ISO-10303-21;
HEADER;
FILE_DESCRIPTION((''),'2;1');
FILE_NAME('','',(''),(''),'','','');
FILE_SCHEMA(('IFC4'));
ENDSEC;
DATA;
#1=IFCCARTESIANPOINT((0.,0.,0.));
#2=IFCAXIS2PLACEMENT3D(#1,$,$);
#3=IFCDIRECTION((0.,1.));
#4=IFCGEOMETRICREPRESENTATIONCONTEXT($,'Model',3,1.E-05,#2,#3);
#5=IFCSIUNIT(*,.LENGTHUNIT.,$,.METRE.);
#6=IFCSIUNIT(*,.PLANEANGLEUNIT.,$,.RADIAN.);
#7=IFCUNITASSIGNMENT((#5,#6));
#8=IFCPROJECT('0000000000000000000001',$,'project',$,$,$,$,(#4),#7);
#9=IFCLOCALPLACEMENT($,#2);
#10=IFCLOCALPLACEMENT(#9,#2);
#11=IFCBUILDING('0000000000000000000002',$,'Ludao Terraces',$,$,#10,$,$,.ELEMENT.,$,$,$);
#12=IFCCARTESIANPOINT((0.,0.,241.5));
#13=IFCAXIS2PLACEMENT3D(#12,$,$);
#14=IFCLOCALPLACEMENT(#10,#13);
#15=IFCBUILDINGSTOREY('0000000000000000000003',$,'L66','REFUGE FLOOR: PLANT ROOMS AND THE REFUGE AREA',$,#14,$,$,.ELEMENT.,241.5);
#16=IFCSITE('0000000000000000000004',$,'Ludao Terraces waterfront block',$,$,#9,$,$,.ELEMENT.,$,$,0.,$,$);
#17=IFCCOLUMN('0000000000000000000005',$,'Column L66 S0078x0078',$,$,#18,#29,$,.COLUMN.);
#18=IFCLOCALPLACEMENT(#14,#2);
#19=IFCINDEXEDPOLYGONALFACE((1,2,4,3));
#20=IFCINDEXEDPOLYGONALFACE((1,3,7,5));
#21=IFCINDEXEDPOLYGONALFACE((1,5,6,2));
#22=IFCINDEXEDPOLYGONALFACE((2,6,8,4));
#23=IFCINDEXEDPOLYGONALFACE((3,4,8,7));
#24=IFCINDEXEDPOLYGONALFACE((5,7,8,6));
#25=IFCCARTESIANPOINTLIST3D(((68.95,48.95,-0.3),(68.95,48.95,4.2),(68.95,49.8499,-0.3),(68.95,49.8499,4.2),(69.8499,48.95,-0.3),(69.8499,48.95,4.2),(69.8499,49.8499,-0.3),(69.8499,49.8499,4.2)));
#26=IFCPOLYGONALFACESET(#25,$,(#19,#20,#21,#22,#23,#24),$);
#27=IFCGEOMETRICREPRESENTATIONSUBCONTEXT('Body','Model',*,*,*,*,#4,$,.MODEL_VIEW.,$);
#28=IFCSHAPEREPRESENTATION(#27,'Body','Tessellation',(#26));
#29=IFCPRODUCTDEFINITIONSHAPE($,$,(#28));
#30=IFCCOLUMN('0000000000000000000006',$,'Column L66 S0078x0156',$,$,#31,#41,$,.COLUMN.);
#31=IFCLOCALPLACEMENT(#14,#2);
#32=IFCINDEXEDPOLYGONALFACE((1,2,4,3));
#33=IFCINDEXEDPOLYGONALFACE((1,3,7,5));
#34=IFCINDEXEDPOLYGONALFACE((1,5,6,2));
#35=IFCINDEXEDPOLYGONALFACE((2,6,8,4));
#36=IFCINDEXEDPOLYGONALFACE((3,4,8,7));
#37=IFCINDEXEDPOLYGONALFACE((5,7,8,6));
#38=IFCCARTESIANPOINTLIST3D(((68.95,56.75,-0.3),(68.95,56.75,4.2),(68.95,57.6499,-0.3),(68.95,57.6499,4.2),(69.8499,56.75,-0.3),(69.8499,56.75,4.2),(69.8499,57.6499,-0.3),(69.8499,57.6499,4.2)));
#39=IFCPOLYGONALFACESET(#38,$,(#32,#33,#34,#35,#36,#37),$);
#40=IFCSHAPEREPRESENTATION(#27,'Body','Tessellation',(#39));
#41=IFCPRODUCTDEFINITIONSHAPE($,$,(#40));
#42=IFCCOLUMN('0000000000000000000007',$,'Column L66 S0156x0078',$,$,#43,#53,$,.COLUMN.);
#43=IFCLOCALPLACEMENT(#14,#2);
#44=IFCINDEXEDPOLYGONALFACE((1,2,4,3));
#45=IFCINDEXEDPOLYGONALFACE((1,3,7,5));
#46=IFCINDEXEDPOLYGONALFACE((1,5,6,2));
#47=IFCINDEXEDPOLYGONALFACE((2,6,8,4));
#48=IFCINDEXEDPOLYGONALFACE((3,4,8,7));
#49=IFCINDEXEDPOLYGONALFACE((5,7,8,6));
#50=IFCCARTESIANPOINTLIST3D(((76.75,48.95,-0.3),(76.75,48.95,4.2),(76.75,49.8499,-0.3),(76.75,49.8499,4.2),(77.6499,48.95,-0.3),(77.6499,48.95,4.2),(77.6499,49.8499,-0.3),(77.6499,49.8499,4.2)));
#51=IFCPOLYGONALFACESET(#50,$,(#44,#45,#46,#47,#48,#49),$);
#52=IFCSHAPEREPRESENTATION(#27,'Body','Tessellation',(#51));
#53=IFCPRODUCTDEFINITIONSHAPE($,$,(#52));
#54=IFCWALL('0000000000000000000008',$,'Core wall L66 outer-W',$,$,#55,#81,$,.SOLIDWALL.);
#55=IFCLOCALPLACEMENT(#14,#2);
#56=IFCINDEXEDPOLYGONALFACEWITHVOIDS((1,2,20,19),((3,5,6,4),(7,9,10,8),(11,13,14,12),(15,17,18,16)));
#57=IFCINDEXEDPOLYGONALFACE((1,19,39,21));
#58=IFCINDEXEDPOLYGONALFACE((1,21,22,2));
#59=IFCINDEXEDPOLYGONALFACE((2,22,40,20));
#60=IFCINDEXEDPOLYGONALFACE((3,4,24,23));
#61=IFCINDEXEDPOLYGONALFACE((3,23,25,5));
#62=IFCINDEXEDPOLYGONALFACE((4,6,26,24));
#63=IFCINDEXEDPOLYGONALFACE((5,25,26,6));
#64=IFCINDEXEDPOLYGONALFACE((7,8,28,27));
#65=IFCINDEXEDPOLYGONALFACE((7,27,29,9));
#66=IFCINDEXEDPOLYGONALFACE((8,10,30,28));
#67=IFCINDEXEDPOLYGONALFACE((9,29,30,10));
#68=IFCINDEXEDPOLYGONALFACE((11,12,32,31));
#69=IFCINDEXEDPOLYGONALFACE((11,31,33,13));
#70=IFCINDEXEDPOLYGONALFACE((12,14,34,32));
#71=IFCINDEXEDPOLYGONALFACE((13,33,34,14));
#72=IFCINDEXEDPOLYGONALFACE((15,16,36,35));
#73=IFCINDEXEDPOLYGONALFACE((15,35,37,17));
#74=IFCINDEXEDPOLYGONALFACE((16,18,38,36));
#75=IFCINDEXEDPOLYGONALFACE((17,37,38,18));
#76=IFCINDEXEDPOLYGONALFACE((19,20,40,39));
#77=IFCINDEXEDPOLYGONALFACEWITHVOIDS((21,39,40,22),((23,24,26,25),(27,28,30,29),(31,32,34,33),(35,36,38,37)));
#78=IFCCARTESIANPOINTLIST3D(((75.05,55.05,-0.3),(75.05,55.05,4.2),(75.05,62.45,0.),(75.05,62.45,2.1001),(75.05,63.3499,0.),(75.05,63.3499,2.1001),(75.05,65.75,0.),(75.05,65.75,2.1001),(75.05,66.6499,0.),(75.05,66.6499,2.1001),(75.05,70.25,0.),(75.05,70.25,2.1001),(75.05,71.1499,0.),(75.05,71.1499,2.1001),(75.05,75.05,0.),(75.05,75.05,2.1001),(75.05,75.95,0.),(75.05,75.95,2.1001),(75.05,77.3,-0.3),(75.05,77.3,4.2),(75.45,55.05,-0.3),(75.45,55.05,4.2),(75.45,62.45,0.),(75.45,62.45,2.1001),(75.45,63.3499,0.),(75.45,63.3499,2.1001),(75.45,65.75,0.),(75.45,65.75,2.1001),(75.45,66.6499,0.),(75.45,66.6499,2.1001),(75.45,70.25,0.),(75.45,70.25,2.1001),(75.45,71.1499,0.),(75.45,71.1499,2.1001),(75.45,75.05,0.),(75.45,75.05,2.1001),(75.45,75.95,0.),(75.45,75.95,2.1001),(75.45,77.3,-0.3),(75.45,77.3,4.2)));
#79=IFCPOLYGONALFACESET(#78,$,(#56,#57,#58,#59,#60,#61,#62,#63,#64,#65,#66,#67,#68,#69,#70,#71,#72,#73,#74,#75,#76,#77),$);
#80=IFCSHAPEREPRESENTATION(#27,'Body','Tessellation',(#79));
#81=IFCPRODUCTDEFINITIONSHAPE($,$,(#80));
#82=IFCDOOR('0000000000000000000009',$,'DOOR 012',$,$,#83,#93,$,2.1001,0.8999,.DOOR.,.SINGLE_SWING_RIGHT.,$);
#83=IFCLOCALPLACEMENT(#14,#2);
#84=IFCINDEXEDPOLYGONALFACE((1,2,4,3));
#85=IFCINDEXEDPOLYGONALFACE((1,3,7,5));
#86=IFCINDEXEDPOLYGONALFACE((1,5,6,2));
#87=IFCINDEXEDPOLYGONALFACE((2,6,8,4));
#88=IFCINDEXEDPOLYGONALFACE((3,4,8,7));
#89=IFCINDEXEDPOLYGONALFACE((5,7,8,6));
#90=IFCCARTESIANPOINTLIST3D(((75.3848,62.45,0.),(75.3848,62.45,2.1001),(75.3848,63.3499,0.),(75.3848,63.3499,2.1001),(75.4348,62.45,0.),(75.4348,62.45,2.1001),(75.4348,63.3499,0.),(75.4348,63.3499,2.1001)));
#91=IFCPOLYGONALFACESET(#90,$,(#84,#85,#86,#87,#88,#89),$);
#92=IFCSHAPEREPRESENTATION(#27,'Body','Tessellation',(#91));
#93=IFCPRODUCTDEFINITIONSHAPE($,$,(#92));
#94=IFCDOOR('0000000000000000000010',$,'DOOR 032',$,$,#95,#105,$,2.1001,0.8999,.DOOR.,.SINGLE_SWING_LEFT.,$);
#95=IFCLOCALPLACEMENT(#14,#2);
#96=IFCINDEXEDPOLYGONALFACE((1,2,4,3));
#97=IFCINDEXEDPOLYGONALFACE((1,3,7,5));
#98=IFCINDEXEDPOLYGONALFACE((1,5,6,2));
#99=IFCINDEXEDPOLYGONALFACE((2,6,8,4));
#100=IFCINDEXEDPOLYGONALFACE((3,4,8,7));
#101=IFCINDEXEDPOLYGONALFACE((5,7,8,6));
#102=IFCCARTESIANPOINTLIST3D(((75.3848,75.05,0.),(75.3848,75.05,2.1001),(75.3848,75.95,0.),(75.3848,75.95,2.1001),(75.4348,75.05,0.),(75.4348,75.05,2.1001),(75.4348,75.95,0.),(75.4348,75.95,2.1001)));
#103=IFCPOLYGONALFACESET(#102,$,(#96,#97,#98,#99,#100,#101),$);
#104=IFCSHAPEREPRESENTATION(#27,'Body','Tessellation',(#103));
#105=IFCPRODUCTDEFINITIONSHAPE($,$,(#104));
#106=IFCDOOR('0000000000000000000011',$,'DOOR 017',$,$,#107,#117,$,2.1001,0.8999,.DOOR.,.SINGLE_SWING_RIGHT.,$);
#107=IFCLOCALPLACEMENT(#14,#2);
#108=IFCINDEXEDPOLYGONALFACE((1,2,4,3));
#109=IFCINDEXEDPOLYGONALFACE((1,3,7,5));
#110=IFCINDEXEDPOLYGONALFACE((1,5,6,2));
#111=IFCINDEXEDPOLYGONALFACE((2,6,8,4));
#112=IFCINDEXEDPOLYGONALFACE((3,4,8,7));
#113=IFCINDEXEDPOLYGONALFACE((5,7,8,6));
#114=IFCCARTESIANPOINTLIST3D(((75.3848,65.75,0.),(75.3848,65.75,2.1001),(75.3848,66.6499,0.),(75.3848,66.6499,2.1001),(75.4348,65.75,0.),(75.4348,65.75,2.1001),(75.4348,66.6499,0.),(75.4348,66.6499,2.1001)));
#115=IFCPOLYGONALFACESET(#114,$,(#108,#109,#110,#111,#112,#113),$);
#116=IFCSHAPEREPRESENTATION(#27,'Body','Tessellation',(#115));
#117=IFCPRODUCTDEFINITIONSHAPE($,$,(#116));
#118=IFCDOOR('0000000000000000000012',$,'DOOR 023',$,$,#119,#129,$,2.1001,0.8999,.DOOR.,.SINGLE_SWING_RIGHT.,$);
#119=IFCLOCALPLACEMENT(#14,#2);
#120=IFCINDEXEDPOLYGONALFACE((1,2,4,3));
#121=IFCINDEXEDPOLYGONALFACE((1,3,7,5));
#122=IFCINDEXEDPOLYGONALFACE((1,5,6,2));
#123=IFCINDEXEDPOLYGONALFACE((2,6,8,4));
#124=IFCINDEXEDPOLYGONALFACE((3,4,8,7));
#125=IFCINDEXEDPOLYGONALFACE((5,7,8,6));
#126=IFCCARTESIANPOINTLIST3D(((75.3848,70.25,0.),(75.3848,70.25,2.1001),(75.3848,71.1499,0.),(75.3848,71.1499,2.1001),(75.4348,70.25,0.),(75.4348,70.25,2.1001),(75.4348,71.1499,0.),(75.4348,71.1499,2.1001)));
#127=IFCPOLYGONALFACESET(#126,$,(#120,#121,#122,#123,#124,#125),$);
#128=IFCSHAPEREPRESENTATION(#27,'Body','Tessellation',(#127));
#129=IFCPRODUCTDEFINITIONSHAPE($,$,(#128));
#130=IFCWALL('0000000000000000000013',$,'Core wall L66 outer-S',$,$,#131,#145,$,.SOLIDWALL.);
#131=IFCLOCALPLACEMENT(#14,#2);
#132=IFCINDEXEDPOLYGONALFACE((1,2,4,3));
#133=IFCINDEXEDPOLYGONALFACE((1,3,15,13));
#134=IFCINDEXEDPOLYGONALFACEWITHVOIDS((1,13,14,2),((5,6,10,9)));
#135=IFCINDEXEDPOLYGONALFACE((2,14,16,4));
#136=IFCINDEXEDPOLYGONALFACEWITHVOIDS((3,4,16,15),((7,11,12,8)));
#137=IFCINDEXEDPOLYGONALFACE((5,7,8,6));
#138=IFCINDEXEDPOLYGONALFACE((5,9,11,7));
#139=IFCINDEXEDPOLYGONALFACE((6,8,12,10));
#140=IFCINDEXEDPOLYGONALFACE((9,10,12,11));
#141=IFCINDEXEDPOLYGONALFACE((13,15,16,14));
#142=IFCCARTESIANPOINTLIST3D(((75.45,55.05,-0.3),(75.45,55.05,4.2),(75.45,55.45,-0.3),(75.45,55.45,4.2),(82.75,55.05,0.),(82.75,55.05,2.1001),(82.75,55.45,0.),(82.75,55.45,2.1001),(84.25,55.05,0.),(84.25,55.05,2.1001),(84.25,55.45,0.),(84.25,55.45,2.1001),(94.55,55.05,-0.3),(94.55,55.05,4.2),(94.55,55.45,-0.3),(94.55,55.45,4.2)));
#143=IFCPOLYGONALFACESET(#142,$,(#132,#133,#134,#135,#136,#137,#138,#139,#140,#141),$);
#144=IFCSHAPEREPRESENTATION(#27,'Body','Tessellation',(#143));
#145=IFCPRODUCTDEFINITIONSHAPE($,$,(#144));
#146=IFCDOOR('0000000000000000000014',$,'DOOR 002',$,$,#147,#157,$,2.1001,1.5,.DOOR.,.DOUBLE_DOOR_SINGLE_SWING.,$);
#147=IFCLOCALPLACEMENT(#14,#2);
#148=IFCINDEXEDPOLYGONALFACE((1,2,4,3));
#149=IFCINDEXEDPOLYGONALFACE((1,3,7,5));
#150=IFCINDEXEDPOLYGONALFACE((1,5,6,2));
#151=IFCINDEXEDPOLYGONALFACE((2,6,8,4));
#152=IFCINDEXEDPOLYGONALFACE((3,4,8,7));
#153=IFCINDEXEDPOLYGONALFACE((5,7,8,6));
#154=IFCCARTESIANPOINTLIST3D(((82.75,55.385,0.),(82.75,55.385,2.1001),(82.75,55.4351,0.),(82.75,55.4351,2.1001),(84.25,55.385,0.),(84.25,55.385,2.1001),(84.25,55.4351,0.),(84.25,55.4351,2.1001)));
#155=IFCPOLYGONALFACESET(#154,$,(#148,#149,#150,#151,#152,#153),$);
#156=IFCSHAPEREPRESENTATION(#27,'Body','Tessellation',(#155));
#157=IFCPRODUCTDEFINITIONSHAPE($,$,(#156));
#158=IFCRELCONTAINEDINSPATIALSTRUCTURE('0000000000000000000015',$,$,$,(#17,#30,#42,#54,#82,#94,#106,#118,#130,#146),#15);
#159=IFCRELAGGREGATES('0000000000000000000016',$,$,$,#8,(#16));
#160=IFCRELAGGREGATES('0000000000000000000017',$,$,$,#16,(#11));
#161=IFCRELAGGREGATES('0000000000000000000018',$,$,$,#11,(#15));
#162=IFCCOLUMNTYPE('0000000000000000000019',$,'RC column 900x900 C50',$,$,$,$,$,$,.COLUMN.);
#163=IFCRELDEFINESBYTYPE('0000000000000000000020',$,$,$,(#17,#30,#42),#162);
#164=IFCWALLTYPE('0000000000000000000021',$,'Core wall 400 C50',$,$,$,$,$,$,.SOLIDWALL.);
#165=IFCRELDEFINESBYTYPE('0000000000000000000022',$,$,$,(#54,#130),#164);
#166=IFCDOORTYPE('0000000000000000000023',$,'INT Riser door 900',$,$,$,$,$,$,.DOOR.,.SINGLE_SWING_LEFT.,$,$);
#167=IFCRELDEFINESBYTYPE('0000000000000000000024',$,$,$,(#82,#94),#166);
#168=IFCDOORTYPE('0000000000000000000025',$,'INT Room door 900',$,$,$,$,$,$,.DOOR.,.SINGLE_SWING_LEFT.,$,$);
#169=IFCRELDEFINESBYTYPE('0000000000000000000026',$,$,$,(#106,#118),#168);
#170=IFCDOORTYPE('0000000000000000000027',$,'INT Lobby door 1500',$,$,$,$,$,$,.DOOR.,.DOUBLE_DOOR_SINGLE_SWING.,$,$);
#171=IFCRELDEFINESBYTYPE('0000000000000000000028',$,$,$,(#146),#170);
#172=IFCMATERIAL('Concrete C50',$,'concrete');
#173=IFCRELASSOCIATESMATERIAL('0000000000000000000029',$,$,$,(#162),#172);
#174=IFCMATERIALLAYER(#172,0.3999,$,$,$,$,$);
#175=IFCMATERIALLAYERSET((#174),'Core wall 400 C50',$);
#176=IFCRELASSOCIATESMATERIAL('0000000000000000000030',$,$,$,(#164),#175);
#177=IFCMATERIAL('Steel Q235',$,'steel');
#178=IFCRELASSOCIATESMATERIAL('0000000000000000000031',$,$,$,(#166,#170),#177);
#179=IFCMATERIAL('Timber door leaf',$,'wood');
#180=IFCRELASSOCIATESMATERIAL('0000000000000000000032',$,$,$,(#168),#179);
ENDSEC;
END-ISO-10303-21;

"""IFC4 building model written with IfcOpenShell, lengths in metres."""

from ifc_helpers import new_model, si_unit, direction, frame, frame_2d, origin, origin_2d, place, context, subcontext, project, spatial, rectangle, extrude, material, layer, layer_set, material_profile, profile_set, type_object, element, fill, save


model = new_model("IFC4")

# Units and contexts
model_context = context("Model", 3, precision=1e-05, world=origin(), true_north=direction((0.0, 1.0)))
body_context = subcontext(model_context, "Body", "Model", "MODEL_VIEW")
ifc_project = project(units=[si_unit("LENGTHUNIT", "METRE"), si_unit("PLANEANGLEUNIT", "RADIAN")], contexts=[model_context])

# Site, building, storey
site_placement = place(None, origin())
site = spatial("IfcSite", under=ifc_project, at=site_placement, Name="Ludao Terraces waterfront block", CompositionType="ELEMENT", RefElevation=0.0)
building_placement = place(site_placement, origin())
building = spatial("IfcBuilding", under=site, at=building_placement, Name="Ludao Terraces", CompositionType="ELEMENT")
storey_placement = place(building_placement, frame((0.0, 0.0, 241.5)))
storey = spatial("IfcBuildingStorey", under=building, at=storey_placement, Name="L66", Description="REFUGE FLOOR: PLANT ROOMS AND THE REFUGE AREA", CompositionType="ELEMENT", Elevation=241.5)

# Columns
ifc_material_1 = material(Name="Concrete C50", Category="concrete")
ifc_material_profile = material_profile(ifc_material_1, rectangle(XDim=0.8999, YDim=0.8999, at=origin_2d()), Name="900 X 900")
ifc_profile_set = profile_set([ifc_material_profile], Name="Concrete C50")
column_type = type_object("IfcColumnType", Name="RC column 900x900 C50", PredefinedType="COLUMN", material=ifc_profile_set)
for number, where, z_axis, x_axis, name in (
    (1, (69.3999, 49.3999, -0.3), (0.0, 0.0, 1.0), (1.0, 0.0, 0.0), "Column L66 S0078x0078"),
    (2, (69.3999, 57.2, -0.3), (0.0, 0.0, 1.0), (1.0, 0.0, 0.0), "Column L66 S0078x0156"),
    (3, (77.2, 49.3999, -0.3), (0.0, 0.0, 1.0), (1.0, 0.0, 0.0), "Column L66 S0156x0078"),
):
    element("IfcColumn", number, at=place(storey_placement, frame(where, z_axis=z_axis, x_axis=x_axis)), inside=storey, type_object=column_type, Name=name, PredefinedType="COLUMN", context=body_context, shape_type="SweptSolid", body=[
        extrude(rectangle(XDim=0.8999, YDim=0.8999, at=origin_2d()), origin(), (0.0, 0.0, 1.0), 4.5),
    ])

# Wall, openings, doors
ifc_layer_1 = layer(ifc_material_1, 0.3999)
ifc_layer_set_1 = layer_set([ifc_layer_1], Name="Core wall 400 C50")
wall_type_1 = type_object("IfcWallType", Name="Core wall 400 C50", PredefinedType="SOLIDWALL", material=ifc_layer_set_1)
wall_1_placement = place(storey_placement, frame((75.25, 55.05, -0.3), z_axis=(0.0, 0.0, 1.0), x_axis=(0.0, 1.0, 0.0)))
wall_1 = element("IfcWall", 4, at=wall_1_placement, inside=storey, type_object=wall_type_1, Name="Core wall L66 outer-W", PredefinedType="SOLIDWALL", context=body_context, shape_type="SweptSolid", body=[
    extrude(rectangle(XDim=22.25, YDim=0.3999, at=frame_2d((11.125, 0.0))), origin(), (0.0, 0.0, 1.0), 4.5),
])
opening_1_placement = place(wall_1_placement, frame((7.3999, 0.0, 0.3)))
opening_1 = element("IfcOpeningElement", 5, at=opening_1_placement, cuts=wall_1, PredefinedType="OPENING", context=body_context, shape_type="SweptSolid", body=[
    extrude(rectangle(XDim=0.8999, YDim=2.1001, at=frame_2d((0.45, 1.05))), frame((0.0, 0.21, 0.0), z_axis=(0.0, -1.0, 0.0), x_axis=(1.0, 0.0, 0.0)), (0.0, 0.0, 1.0), 0.4199),
])
opening_2_placement = place(wall_1_placement, frame((10.7, 0.0, 0.3)))
opening_2 = element("IfcOpeningElement", 6, at=opening_2_placement, cuts=wall_1, PredefinedType="OPENING", context=body_context, shape_type="SweptSolid", body=[
    extrude(rectangle(XDim=0.8999, YDim=2.1001, at=frame_2d((0.45, 1.05))), frame((0.0, 0.21, 0.0), z_axis=(0.0, -1.0, 0.0), x_axis=(1.0, 0.0, 0.0)), (0.0, 0.0, 1.0), 0.4199),
])
opening_3_placement = place(wall_1_placement, frame((15.2, 0.0, 0.3)))
opening_3 = element("IfcOpeningElement", 7, at=opening_3_placement, cuts=wall_1, PredefinedType="OPENING", context=body_context, shape_type="SweptSolid", body=[
    extrude(rectangle(XDim=0.8999, YDim=2.1001, at=frame_2d((0.45, 1.05))), frame((0.0, 0.21, 0.0), z_axis=(0.0, -1.0, 0.0), x_axis=(1.0, 0.0, 0.0)), (0.0, 0.0, 1.0), 0.4199),
])
opening_4_placement = place(wall_1_placement, frame((20.0, 0.0, 0.3)))
opening_4 = element("IfcOpeningElement", 8, at=opening_4_placement, cuts=wall_1, PredefinedType="OPENING", context=body_context, shape_type="SweptSolid", body=[
    extrude(rectangle(XDim=0.8999, YDim=2.1001, at=frame_2d((0.45, 1.05))), frame((0.0, 0.21, 0.0), z_axis=(0.0, -1.0, 0.0), x_axis=(1.0, 0.0, 0.0)), (0.0, 0.0, 1.0), 0.4199),
])
ifc_material_2 = material(Name="Steel Q235", Category="steel")
door_type_1 = type_object("IfcDoorType", Name="INT Riser door 900", OperationType="SINGLE_SWING_LEFT", PredefinedType="DOOR", material=ifc_material_2)
door_1_placement = place(opening_1_placement, origin())
door_1 = element("IfcDoor", 9, at=door_1_placement, inside=storey, type_object=door_type_1, Name="DOOR 012", OperationType="SINGLE_SWING_RIGHT", OverallHeight=2.1001, OverallWidth=0.8999, PredefinedType="DOOR", context=body_context, shape_type="SweptSolid", body=[
    extrude(rectangle(XDim=0.8999, YDim=2.1001, at=frame_2d((0.45, 1.05))), frame((0.0, -0.1348, 0.0), z_axis=(0.0, -1.0, 0.0), x_axis=(1.0, 0.0, 0.0)), (0.0, 0.0, 1.0), 0.05),
])
fill(opening_1, door_1)
door_2_placement = place(opening_4_placement, origin())
door_2 = element("IfcDoor", 10, at=door_2_placement, inside=storey, type_object=door_type_1, Name="DOOR 032", OperationType="SINGLE_SWING_LEFT", OverallHeight=2.1001, OverallWidth=0.8999, PredefinedType="DOOR", context=body_context, shape_type="SweptSolid", body=[
    extrude(rectangle(XDim=0.8999, YDim=2.1001, at=frame_2d((0.45, 1.05))), frame((0.0, -0.1348, 0.0), z_axis=(0.0, -1.0, 0.0), x_axis=(1.0, 0.0, 0.0)), (0.0, 0.0, 1.0), 0.05),
])
fill(opening_4, door_2)
ifc_material_3 = material(Name="Timber door leaf", Category="wood")
door_type_2 = type_object("IfcDoorType", Name="INT Room door 900", OperationType="SINGLE_SWING_LEFT", PredefinedType="DOOR", material=ifc_material_3)
door_3_placement = place(opening_2_placement, origin())
door_3 = element("IfcDoor", 11, at=door_3_placement, inside=storey, type_object=door_type_2, Name="DOOR 017", OperationType="SINGLE_SWING_RIGHT", OverallHeight=2.1001, OverallWidth=0.8999, PredefinedType="DOOR", context=body_context, shape_type="SweptSolid", body=[
    extrude(rectangle(XDim=0.8999, YDim=2.1001, at=frame_2d((0.45, 1.05))), frame((0.0, -0.1348, 0.0), z_axis=(0.0, -1.0, 0.0), x_axis=(1.0, 0.0, 0.0)), (0.0, 0.0, 1.0), 0.05),
])
fill(opening_2, door_3)
door_4_placement = place(opening_3_placement, origin())
door_4 = element("IfcDoor", 12, at=door_4_placement, inside=storey, type_object=door_type_2, Name="DOOR 023", OperationType="SINGLE_SWING_RIGHT", OverallHeight=2.1001, OverallWidth=0.8999, PredefinedType="DOOR", context=body_context, shape_type="SweptSolid", body=[
    extrude(rectangle(XDim=0.8999, YDim=2.1001, at=frame_2d((0.45, 1.05))), frame((0.0, -0.1348, 0.0), z_axis=(0.0, -1.0, 0.0), x_axis=(1.0, 0.0, 0.0)), (0.0, 0.0, 1.0), 0.05),
])
fill(opening_3, door_4)

# Wall, opening, door
wall_2_placement = place(storey_placement, frame((75.45, 55.25, -0.3), z_axis=(0.0, 0.0, 1.0), x_axis=(1.0, 0.0, 0.0)))
wall_2 = element("IfcWall", 13, at=wall_2_placement, inside=storey, type_object=wall_type_1, Name="Core wall L66 outer-S", PredefinedType="SOLIDWALL", context=body_context, shape_type="SweptSolid", body=[
    extrude(rectangle(XDim=19.1001, YDim=0.3999, at=frame_2d((9.55, 0.0))), origin(), (0.0, 0.0, 1.0), 4.5),
])
opening_5_placement = place(wall_2_placement, frame((7.3, 0.0, 0.3)))
opening_5 = element("IfcOpeningElement", 14, at=opening_5_placement, cuts=wall_2, PredefinedType="OPENING", context=body_context, shape_type="SweptSolid", body=[
    extrude(rectangle(XDim=1.5, YDim=2.1001, at=frame_2d((0.75, 1.05))), frame((0.0, 0.21, 0.0), z_axis=(0.0, -1.0, 0.0), x_axis=(1.0, 0.0, 0.0)), (0.0, 0.0, 1.0), 0.4199),
])
door_type_3 = type_object("IfcDoorType", Name="INT Lobby door 1500", OperationType="DOUBLE_DOOR_SINGLE_SWING", PredefinedType="DOOR", material=ifc_material_2)
door_5_placement = place(opening_5_placement, origin())
door_5 = element("IfcDoor", 15, at=door_5_placement, inside=storey, type_object=door_type_3, Name="DOOR 002", OperationType="DOUBLE_DOOR_SINGLE_SWING", OverallHeight=2.1001, OverallWidth=1.5, PredefinedType="DOOR", context=body_context, shape_type="SweptSolid", body=[
    extrude(rectangle(XDim=1.5, YDim=2.1001, at=frame_2d((0.75, 1.05))), frame((0.0, 0.1851, 0.0), z_axis=(0.0, -1.0, 0.0), x_axis=(1.0, 0.0, 0.0)), (0.0, 0.0, 1.0), 0.05),
])
fill(opening_5, door_5)

save(model, "model.ifc")
